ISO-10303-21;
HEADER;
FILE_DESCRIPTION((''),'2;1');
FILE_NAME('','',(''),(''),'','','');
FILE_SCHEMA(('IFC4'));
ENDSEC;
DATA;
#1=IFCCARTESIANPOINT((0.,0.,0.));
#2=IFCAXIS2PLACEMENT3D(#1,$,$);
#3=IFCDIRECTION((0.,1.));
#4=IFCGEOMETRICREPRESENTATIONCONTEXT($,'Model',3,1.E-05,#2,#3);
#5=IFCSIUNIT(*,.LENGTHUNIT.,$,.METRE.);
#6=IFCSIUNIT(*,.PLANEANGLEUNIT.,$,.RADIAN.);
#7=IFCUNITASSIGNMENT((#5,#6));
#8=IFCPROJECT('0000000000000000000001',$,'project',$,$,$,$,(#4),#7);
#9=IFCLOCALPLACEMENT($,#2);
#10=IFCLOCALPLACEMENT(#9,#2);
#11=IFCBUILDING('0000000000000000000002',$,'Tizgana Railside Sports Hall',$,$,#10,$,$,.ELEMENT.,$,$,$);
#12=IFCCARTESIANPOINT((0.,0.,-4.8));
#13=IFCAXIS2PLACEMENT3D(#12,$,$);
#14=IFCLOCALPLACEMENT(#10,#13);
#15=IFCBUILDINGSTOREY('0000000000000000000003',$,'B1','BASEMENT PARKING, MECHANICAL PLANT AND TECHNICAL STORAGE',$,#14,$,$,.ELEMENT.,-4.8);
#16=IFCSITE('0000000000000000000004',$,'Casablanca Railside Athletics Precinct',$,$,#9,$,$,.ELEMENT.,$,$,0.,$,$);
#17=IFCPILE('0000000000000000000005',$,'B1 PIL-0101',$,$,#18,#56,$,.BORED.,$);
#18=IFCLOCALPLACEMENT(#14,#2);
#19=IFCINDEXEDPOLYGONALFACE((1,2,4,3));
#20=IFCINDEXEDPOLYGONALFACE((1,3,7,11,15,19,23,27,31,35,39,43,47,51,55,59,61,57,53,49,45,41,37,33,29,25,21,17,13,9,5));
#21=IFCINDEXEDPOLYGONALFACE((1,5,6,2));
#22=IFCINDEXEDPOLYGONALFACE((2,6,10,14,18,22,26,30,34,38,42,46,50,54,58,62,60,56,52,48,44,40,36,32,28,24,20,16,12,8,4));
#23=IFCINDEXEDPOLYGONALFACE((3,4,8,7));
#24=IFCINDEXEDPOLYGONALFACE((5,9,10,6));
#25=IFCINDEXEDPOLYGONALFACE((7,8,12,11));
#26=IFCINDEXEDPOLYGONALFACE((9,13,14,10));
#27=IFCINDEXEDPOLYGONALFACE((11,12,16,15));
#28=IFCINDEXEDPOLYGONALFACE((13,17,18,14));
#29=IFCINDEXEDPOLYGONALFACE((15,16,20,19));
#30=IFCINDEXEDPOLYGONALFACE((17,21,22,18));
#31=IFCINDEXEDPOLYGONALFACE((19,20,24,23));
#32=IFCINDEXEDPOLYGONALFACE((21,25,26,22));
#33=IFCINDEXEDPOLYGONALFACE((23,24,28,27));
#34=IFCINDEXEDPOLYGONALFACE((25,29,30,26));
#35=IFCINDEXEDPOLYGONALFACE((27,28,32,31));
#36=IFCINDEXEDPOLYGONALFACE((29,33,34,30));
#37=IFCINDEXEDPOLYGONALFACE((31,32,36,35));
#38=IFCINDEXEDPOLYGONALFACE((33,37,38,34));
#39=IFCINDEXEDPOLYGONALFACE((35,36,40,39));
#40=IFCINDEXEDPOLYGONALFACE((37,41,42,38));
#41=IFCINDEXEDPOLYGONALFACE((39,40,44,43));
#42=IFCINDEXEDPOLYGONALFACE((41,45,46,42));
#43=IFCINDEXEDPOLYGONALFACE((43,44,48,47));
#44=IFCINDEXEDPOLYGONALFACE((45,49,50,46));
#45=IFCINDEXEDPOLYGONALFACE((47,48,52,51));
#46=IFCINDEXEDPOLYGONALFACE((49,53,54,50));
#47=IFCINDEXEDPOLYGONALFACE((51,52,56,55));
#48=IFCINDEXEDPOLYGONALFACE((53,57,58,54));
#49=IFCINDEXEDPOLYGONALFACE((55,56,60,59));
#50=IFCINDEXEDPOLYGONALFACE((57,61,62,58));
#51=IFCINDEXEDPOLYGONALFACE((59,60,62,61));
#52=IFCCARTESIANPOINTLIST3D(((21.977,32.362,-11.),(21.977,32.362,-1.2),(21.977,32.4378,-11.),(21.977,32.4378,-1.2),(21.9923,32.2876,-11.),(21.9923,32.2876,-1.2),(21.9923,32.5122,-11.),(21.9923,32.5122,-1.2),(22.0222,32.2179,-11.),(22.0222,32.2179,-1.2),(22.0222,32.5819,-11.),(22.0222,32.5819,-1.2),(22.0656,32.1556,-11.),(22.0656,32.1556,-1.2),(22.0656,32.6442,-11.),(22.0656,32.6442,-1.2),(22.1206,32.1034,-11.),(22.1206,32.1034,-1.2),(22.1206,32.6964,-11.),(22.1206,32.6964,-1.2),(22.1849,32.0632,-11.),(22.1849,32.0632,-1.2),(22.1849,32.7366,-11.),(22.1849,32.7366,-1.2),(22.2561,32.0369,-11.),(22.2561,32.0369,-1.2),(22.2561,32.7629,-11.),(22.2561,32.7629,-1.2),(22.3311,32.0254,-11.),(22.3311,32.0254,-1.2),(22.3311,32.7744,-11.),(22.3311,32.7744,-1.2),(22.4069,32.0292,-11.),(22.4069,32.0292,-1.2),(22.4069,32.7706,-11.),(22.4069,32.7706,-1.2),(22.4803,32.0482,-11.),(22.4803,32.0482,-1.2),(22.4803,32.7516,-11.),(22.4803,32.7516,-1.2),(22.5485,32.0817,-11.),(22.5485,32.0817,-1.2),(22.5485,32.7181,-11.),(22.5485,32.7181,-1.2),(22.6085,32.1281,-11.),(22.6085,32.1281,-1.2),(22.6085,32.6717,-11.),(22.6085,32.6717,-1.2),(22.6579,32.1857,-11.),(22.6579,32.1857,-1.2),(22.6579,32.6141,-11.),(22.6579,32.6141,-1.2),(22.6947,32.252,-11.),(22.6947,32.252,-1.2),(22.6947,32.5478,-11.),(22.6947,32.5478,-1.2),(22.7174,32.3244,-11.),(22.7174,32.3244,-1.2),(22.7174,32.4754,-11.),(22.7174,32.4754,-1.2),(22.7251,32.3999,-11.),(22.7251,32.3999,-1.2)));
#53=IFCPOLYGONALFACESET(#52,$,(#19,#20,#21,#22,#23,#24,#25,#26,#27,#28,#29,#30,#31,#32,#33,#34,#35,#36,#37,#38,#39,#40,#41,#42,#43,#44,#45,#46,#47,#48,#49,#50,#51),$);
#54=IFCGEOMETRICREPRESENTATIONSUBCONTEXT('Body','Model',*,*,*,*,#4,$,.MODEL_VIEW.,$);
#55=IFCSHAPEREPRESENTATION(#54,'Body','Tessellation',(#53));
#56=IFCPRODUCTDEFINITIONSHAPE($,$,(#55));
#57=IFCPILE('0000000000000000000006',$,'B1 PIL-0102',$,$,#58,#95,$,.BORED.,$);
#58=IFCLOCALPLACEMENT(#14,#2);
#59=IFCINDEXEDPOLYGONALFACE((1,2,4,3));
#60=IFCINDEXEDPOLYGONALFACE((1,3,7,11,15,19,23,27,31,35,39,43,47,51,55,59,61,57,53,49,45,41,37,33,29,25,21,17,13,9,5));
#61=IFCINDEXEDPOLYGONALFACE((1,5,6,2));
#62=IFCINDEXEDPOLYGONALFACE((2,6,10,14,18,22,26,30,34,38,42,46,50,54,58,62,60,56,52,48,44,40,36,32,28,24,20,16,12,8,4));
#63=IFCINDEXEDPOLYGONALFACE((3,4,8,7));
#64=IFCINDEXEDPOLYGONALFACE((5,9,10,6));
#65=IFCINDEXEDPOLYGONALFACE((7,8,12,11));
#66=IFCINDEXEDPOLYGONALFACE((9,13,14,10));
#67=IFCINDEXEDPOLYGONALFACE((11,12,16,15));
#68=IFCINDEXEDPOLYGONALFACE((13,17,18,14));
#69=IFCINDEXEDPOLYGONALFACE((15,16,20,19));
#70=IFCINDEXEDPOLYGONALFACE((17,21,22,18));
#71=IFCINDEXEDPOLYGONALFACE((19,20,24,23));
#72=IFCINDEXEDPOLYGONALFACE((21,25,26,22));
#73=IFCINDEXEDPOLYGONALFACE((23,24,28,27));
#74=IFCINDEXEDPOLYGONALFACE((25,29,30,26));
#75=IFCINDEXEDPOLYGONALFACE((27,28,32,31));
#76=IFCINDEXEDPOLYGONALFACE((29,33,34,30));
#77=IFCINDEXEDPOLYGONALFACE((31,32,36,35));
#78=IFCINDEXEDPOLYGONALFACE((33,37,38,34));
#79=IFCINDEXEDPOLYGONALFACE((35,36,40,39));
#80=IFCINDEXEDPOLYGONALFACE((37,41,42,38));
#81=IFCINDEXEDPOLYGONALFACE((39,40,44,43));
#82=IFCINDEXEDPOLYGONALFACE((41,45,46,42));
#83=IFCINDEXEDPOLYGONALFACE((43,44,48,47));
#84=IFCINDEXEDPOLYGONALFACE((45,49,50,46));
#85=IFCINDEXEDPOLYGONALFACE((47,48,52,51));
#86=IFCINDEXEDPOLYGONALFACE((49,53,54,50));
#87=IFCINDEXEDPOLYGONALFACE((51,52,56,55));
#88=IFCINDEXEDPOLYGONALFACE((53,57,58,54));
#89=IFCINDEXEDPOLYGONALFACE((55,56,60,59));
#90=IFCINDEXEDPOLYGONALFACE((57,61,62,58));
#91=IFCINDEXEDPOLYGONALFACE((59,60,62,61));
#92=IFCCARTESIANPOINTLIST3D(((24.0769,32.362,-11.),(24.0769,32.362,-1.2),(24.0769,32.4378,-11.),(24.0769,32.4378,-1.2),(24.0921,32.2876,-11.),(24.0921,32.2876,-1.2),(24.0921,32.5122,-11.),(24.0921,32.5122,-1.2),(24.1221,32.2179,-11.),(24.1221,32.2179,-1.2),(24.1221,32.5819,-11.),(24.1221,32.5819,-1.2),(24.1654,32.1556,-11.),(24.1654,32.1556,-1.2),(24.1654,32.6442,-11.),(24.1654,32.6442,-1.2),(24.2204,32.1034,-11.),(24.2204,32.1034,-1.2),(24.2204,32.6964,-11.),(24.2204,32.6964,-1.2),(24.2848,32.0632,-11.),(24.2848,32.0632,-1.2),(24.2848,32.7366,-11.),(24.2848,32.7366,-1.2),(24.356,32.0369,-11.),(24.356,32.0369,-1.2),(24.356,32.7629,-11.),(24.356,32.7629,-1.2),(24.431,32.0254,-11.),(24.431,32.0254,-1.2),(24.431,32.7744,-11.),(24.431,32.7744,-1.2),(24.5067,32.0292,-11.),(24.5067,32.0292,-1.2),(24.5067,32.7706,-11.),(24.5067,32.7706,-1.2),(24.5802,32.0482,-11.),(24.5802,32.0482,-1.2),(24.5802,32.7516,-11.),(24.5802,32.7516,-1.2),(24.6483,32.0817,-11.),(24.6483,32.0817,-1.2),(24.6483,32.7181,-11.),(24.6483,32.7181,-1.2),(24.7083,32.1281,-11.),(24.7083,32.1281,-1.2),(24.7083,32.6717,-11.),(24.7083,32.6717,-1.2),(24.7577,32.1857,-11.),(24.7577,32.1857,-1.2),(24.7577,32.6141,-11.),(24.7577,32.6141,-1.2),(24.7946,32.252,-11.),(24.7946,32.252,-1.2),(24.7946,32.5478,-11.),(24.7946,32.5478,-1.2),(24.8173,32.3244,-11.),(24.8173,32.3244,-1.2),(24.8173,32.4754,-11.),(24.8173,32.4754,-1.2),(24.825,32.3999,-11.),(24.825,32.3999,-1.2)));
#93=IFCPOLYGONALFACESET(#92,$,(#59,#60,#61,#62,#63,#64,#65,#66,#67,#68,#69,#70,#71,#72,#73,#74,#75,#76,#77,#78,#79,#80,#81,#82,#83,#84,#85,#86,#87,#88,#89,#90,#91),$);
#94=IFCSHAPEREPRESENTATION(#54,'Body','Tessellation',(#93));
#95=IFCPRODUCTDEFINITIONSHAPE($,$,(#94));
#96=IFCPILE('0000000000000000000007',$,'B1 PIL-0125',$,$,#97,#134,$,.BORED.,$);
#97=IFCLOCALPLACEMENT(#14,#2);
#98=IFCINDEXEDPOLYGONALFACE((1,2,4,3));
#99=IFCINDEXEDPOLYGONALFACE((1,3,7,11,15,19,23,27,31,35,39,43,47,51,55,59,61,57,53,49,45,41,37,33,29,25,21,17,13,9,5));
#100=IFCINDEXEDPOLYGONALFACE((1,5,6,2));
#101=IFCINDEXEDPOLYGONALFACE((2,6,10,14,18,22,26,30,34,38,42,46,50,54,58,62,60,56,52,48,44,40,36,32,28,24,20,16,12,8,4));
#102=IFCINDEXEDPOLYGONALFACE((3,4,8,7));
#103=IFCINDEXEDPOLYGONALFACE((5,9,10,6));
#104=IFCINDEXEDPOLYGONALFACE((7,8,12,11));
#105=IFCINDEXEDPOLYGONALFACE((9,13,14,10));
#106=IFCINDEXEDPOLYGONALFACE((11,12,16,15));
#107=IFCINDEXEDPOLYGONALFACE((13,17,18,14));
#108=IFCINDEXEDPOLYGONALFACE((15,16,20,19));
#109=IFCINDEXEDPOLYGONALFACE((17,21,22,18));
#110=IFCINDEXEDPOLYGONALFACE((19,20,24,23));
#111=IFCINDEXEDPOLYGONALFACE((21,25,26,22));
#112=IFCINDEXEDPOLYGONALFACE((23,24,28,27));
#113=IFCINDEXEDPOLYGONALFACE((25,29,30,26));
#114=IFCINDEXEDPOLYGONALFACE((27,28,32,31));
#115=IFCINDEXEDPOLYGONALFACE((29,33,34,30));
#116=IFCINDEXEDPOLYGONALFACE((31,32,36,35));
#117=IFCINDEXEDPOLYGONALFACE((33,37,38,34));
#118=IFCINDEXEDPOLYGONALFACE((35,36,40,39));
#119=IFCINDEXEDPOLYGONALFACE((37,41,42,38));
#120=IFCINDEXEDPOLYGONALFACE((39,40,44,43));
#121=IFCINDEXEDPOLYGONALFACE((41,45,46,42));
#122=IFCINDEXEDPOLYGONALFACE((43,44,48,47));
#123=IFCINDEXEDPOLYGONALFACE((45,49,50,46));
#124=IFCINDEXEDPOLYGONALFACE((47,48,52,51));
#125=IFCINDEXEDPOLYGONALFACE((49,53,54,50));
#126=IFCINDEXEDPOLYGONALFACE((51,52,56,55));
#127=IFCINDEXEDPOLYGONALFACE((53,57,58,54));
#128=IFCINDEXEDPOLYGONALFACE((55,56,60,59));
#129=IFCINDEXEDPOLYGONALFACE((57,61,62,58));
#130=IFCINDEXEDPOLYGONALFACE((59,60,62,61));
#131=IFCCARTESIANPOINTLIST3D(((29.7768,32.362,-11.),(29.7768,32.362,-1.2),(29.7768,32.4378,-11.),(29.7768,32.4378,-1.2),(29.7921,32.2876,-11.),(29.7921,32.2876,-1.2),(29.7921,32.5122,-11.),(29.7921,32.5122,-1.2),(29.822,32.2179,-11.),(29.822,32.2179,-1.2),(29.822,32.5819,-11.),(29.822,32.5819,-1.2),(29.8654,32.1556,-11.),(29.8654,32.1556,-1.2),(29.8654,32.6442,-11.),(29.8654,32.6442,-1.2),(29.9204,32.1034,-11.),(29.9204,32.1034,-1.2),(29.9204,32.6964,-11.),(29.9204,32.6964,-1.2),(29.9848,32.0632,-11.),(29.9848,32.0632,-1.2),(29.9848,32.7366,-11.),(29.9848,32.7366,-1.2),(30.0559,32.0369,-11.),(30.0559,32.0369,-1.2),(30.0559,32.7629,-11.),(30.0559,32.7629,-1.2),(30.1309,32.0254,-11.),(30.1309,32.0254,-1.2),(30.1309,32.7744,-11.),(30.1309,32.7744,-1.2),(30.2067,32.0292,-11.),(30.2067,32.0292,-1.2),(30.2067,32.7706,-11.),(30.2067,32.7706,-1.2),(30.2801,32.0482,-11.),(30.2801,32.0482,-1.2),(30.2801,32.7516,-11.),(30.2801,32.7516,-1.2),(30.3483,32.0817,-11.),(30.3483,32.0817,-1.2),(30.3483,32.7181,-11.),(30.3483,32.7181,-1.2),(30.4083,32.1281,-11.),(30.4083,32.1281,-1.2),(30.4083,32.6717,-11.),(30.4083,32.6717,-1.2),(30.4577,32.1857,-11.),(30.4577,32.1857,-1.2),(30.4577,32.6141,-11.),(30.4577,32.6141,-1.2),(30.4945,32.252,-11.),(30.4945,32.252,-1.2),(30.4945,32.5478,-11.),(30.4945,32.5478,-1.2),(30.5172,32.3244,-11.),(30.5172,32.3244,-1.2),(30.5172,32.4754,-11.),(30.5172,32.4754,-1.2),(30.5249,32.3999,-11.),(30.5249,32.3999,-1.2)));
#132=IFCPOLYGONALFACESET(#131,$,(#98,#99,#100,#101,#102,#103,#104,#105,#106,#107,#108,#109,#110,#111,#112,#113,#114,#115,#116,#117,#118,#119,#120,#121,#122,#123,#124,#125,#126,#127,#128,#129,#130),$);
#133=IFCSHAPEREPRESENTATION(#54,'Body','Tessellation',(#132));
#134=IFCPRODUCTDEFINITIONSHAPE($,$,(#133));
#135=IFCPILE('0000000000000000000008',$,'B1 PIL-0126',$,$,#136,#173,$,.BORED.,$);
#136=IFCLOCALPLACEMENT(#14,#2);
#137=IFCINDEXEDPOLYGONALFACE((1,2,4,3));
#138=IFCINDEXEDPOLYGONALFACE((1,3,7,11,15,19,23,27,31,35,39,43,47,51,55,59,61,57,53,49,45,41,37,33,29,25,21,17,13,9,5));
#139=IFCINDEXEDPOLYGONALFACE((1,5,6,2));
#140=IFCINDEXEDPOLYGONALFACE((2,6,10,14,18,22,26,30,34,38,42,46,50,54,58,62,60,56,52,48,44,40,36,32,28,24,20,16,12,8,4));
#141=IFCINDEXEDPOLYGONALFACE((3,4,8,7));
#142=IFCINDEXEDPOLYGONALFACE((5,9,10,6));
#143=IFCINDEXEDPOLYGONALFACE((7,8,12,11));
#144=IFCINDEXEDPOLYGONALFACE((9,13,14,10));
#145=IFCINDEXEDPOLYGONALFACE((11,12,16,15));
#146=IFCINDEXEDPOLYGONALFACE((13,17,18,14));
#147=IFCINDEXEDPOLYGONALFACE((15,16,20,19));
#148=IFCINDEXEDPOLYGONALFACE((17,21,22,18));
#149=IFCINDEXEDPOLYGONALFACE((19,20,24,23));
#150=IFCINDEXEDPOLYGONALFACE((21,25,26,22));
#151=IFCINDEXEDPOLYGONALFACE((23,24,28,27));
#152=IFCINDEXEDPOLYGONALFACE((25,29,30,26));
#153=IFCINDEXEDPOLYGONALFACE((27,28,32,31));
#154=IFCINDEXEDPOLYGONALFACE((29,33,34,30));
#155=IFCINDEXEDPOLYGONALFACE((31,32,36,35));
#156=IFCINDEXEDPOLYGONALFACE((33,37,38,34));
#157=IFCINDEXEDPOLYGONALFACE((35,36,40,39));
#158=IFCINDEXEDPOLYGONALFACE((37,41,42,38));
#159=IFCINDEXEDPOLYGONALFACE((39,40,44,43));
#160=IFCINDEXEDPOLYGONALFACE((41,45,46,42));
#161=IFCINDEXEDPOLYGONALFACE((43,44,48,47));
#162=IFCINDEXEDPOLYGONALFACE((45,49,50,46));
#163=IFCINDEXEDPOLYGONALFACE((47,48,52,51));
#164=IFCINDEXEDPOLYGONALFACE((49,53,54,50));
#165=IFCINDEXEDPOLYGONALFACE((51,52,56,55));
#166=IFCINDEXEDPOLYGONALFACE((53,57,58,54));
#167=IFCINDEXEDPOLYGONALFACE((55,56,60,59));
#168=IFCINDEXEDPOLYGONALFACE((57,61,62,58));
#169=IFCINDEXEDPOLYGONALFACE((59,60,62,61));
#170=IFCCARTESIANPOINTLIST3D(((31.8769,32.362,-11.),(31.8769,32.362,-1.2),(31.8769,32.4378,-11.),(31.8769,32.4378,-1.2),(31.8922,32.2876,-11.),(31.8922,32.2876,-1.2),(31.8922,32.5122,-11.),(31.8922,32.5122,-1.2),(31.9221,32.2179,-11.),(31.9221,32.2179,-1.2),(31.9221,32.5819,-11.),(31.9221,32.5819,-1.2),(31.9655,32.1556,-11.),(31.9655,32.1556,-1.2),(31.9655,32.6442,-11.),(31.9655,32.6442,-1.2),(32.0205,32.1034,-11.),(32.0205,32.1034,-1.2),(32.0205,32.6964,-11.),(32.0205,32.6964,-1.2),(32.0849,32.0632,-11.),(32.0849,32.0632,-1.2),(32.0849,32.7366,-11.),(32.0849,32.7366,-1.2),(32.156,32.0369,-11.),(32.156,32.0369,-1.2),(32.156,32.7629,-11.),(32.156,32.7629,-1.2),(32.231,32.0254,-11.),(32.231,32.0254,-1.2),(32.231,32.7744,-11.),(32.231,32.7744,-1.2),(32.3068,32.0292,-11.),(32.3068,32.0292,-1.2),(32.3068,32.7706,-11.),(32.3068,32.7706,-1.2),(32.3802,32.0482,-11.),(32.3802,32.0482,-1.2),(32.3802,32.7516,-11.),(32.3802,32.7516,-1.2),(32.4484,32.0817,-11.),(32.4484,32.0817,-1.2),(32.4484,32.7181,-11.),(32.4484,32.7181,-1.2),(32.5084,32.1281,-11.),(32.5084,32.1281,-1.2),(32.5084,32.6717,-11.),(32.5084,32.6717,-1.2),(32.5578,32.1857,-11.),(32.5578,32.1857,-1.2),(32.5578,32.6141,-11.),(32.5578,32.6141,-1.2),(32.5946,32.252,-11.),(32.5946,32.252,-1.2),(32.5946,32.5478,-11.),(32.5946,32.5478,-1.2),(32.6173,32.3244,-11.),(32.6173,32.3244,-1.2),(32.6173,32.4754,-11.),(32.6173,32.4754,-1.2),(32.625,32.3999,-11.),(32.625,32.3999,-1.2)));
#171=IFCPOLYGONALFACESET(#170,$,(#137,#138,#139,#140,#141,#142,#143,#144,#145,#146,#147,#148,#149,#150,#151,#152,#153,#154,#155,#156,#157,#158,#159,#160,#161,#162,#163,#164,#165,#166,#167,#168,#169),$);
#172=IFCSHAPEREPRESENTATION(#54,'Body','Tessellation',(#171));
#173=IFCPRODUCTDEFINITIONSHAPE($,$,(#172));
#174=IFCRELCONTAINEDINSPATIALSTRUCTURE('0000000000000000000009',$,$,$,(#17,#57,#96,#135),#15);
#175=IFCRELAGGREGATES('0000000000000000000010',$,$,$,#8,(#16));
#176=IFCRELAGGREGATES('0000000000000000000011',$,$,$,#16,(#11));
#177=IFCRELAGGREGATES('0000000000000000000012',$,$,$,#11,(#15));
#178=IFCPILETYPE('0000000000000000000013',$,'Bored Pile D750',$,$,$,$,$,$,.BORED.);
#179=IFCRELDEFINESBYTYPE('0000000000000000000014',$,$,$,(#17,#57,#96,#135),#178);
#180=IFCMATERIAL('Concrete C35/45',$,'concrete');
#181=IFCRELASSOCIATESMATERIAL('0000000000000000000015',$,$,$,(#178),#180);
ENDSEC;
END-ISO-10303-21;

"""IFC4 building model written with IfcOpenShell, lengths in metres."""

from ifc_helpers import new_model, si_unit, direction, frame, origin, origin_2d, place, context, subcontext, project, spatial, circle, extrude, material, material_profile, profile_set, type_object, element, save


model = new_model("IFC4")

# Units and contexts
model_context = context("Model", 3, precision=1e-05, world=origin(), true_north=direction((0.0, 1.0)))
body_context = subcontext(model_context, "Body", "Model", "MODEL_VIEW")
ifc_project = project(units=[si_unit("LENGTHUNIT", "METRE"), si_unit("PLANEANGLEUNIT", "RADIAN")], contexts=[model_context])

# Site, building, storey
site_placement = place(None, origin())
site = spatial("IfcSite", under=ifc_project, at=site_placement, Name="Casablanca Railside Athletics Precinct", CompositionType="ELEMENT", RefElevation=0.0)
building_placement = place(site_placement, origin())
building = spatial("IfcBuilding", under=site, at=building_placement, Name="Tizgana Railside Sports Hall", CompositionType="ELEMENT")
storey_placement = place(building_placement, frame((0.0, 0.0, -4.8)))
storey = spatial("IfcBuildingStorey", under=building, at=storey_placement, Name="B1", Description="BASEMENT PARKING, MECHANICAL PLANT AND TECHNICAL STORAGE", CompositionType="ELEMENT", Elevation=-4.8)

# Piles
ifc_material_1 = material(Name="Concrete C35/45", Category="concrete")
ifc_material_profile_1 = material_profile(ifc_material_1, circle(Radius=0.375, at=origin_2d()), Name="PILE D750")
ifc_profile_set_1 = profile_set([ifc_material_profile_1], Name="Concrete C35/45")
pile_type_1 = type_object("IfcPileType", Name="Bored Pile D750", PredefinedType="BORED", material=ifc_profile_set_1)
for number, where, z_axis, x_axis, name in (
    (1, (22.3501, 32.3999, -1.2), (0.0, 0.0, -1.0), (1.0, 0.0, 0.0), "B1 PIL-0101"),
    (2, (24.45, 32.3999, -1.2), (0.0, 0.0, -1.0), (1.0, 0.0, 0.0), "B1 PIL-0102"),
    (3, (30.1499, 32.3999, -1.2), (0.0, 0.0, -1.0), (1.0, 0.0, 0.0), "B1 PIL-0125"),
    (4, (32.25, 32.3999, -1.2), (0.0, 0.0, -1.0), (1.0, 0.0, 0.0), "B1 PIL-0126"),
):
    element("IfcPile", number, at=place(storey_placement, frame(where, z_axis=z_axis, x_axis=x_axis)), inside=storey, type_object=pile_type_1, Name=name, PredefinedType="BORED", context=body_context, shape_type="SweptSolid", body=[
        extrude(circle(Radius=0.375, at=origin_2d()), origin(), (0.0, 0.0, 1.0), 9.8),
    ])

save(model, "model.ifc")
